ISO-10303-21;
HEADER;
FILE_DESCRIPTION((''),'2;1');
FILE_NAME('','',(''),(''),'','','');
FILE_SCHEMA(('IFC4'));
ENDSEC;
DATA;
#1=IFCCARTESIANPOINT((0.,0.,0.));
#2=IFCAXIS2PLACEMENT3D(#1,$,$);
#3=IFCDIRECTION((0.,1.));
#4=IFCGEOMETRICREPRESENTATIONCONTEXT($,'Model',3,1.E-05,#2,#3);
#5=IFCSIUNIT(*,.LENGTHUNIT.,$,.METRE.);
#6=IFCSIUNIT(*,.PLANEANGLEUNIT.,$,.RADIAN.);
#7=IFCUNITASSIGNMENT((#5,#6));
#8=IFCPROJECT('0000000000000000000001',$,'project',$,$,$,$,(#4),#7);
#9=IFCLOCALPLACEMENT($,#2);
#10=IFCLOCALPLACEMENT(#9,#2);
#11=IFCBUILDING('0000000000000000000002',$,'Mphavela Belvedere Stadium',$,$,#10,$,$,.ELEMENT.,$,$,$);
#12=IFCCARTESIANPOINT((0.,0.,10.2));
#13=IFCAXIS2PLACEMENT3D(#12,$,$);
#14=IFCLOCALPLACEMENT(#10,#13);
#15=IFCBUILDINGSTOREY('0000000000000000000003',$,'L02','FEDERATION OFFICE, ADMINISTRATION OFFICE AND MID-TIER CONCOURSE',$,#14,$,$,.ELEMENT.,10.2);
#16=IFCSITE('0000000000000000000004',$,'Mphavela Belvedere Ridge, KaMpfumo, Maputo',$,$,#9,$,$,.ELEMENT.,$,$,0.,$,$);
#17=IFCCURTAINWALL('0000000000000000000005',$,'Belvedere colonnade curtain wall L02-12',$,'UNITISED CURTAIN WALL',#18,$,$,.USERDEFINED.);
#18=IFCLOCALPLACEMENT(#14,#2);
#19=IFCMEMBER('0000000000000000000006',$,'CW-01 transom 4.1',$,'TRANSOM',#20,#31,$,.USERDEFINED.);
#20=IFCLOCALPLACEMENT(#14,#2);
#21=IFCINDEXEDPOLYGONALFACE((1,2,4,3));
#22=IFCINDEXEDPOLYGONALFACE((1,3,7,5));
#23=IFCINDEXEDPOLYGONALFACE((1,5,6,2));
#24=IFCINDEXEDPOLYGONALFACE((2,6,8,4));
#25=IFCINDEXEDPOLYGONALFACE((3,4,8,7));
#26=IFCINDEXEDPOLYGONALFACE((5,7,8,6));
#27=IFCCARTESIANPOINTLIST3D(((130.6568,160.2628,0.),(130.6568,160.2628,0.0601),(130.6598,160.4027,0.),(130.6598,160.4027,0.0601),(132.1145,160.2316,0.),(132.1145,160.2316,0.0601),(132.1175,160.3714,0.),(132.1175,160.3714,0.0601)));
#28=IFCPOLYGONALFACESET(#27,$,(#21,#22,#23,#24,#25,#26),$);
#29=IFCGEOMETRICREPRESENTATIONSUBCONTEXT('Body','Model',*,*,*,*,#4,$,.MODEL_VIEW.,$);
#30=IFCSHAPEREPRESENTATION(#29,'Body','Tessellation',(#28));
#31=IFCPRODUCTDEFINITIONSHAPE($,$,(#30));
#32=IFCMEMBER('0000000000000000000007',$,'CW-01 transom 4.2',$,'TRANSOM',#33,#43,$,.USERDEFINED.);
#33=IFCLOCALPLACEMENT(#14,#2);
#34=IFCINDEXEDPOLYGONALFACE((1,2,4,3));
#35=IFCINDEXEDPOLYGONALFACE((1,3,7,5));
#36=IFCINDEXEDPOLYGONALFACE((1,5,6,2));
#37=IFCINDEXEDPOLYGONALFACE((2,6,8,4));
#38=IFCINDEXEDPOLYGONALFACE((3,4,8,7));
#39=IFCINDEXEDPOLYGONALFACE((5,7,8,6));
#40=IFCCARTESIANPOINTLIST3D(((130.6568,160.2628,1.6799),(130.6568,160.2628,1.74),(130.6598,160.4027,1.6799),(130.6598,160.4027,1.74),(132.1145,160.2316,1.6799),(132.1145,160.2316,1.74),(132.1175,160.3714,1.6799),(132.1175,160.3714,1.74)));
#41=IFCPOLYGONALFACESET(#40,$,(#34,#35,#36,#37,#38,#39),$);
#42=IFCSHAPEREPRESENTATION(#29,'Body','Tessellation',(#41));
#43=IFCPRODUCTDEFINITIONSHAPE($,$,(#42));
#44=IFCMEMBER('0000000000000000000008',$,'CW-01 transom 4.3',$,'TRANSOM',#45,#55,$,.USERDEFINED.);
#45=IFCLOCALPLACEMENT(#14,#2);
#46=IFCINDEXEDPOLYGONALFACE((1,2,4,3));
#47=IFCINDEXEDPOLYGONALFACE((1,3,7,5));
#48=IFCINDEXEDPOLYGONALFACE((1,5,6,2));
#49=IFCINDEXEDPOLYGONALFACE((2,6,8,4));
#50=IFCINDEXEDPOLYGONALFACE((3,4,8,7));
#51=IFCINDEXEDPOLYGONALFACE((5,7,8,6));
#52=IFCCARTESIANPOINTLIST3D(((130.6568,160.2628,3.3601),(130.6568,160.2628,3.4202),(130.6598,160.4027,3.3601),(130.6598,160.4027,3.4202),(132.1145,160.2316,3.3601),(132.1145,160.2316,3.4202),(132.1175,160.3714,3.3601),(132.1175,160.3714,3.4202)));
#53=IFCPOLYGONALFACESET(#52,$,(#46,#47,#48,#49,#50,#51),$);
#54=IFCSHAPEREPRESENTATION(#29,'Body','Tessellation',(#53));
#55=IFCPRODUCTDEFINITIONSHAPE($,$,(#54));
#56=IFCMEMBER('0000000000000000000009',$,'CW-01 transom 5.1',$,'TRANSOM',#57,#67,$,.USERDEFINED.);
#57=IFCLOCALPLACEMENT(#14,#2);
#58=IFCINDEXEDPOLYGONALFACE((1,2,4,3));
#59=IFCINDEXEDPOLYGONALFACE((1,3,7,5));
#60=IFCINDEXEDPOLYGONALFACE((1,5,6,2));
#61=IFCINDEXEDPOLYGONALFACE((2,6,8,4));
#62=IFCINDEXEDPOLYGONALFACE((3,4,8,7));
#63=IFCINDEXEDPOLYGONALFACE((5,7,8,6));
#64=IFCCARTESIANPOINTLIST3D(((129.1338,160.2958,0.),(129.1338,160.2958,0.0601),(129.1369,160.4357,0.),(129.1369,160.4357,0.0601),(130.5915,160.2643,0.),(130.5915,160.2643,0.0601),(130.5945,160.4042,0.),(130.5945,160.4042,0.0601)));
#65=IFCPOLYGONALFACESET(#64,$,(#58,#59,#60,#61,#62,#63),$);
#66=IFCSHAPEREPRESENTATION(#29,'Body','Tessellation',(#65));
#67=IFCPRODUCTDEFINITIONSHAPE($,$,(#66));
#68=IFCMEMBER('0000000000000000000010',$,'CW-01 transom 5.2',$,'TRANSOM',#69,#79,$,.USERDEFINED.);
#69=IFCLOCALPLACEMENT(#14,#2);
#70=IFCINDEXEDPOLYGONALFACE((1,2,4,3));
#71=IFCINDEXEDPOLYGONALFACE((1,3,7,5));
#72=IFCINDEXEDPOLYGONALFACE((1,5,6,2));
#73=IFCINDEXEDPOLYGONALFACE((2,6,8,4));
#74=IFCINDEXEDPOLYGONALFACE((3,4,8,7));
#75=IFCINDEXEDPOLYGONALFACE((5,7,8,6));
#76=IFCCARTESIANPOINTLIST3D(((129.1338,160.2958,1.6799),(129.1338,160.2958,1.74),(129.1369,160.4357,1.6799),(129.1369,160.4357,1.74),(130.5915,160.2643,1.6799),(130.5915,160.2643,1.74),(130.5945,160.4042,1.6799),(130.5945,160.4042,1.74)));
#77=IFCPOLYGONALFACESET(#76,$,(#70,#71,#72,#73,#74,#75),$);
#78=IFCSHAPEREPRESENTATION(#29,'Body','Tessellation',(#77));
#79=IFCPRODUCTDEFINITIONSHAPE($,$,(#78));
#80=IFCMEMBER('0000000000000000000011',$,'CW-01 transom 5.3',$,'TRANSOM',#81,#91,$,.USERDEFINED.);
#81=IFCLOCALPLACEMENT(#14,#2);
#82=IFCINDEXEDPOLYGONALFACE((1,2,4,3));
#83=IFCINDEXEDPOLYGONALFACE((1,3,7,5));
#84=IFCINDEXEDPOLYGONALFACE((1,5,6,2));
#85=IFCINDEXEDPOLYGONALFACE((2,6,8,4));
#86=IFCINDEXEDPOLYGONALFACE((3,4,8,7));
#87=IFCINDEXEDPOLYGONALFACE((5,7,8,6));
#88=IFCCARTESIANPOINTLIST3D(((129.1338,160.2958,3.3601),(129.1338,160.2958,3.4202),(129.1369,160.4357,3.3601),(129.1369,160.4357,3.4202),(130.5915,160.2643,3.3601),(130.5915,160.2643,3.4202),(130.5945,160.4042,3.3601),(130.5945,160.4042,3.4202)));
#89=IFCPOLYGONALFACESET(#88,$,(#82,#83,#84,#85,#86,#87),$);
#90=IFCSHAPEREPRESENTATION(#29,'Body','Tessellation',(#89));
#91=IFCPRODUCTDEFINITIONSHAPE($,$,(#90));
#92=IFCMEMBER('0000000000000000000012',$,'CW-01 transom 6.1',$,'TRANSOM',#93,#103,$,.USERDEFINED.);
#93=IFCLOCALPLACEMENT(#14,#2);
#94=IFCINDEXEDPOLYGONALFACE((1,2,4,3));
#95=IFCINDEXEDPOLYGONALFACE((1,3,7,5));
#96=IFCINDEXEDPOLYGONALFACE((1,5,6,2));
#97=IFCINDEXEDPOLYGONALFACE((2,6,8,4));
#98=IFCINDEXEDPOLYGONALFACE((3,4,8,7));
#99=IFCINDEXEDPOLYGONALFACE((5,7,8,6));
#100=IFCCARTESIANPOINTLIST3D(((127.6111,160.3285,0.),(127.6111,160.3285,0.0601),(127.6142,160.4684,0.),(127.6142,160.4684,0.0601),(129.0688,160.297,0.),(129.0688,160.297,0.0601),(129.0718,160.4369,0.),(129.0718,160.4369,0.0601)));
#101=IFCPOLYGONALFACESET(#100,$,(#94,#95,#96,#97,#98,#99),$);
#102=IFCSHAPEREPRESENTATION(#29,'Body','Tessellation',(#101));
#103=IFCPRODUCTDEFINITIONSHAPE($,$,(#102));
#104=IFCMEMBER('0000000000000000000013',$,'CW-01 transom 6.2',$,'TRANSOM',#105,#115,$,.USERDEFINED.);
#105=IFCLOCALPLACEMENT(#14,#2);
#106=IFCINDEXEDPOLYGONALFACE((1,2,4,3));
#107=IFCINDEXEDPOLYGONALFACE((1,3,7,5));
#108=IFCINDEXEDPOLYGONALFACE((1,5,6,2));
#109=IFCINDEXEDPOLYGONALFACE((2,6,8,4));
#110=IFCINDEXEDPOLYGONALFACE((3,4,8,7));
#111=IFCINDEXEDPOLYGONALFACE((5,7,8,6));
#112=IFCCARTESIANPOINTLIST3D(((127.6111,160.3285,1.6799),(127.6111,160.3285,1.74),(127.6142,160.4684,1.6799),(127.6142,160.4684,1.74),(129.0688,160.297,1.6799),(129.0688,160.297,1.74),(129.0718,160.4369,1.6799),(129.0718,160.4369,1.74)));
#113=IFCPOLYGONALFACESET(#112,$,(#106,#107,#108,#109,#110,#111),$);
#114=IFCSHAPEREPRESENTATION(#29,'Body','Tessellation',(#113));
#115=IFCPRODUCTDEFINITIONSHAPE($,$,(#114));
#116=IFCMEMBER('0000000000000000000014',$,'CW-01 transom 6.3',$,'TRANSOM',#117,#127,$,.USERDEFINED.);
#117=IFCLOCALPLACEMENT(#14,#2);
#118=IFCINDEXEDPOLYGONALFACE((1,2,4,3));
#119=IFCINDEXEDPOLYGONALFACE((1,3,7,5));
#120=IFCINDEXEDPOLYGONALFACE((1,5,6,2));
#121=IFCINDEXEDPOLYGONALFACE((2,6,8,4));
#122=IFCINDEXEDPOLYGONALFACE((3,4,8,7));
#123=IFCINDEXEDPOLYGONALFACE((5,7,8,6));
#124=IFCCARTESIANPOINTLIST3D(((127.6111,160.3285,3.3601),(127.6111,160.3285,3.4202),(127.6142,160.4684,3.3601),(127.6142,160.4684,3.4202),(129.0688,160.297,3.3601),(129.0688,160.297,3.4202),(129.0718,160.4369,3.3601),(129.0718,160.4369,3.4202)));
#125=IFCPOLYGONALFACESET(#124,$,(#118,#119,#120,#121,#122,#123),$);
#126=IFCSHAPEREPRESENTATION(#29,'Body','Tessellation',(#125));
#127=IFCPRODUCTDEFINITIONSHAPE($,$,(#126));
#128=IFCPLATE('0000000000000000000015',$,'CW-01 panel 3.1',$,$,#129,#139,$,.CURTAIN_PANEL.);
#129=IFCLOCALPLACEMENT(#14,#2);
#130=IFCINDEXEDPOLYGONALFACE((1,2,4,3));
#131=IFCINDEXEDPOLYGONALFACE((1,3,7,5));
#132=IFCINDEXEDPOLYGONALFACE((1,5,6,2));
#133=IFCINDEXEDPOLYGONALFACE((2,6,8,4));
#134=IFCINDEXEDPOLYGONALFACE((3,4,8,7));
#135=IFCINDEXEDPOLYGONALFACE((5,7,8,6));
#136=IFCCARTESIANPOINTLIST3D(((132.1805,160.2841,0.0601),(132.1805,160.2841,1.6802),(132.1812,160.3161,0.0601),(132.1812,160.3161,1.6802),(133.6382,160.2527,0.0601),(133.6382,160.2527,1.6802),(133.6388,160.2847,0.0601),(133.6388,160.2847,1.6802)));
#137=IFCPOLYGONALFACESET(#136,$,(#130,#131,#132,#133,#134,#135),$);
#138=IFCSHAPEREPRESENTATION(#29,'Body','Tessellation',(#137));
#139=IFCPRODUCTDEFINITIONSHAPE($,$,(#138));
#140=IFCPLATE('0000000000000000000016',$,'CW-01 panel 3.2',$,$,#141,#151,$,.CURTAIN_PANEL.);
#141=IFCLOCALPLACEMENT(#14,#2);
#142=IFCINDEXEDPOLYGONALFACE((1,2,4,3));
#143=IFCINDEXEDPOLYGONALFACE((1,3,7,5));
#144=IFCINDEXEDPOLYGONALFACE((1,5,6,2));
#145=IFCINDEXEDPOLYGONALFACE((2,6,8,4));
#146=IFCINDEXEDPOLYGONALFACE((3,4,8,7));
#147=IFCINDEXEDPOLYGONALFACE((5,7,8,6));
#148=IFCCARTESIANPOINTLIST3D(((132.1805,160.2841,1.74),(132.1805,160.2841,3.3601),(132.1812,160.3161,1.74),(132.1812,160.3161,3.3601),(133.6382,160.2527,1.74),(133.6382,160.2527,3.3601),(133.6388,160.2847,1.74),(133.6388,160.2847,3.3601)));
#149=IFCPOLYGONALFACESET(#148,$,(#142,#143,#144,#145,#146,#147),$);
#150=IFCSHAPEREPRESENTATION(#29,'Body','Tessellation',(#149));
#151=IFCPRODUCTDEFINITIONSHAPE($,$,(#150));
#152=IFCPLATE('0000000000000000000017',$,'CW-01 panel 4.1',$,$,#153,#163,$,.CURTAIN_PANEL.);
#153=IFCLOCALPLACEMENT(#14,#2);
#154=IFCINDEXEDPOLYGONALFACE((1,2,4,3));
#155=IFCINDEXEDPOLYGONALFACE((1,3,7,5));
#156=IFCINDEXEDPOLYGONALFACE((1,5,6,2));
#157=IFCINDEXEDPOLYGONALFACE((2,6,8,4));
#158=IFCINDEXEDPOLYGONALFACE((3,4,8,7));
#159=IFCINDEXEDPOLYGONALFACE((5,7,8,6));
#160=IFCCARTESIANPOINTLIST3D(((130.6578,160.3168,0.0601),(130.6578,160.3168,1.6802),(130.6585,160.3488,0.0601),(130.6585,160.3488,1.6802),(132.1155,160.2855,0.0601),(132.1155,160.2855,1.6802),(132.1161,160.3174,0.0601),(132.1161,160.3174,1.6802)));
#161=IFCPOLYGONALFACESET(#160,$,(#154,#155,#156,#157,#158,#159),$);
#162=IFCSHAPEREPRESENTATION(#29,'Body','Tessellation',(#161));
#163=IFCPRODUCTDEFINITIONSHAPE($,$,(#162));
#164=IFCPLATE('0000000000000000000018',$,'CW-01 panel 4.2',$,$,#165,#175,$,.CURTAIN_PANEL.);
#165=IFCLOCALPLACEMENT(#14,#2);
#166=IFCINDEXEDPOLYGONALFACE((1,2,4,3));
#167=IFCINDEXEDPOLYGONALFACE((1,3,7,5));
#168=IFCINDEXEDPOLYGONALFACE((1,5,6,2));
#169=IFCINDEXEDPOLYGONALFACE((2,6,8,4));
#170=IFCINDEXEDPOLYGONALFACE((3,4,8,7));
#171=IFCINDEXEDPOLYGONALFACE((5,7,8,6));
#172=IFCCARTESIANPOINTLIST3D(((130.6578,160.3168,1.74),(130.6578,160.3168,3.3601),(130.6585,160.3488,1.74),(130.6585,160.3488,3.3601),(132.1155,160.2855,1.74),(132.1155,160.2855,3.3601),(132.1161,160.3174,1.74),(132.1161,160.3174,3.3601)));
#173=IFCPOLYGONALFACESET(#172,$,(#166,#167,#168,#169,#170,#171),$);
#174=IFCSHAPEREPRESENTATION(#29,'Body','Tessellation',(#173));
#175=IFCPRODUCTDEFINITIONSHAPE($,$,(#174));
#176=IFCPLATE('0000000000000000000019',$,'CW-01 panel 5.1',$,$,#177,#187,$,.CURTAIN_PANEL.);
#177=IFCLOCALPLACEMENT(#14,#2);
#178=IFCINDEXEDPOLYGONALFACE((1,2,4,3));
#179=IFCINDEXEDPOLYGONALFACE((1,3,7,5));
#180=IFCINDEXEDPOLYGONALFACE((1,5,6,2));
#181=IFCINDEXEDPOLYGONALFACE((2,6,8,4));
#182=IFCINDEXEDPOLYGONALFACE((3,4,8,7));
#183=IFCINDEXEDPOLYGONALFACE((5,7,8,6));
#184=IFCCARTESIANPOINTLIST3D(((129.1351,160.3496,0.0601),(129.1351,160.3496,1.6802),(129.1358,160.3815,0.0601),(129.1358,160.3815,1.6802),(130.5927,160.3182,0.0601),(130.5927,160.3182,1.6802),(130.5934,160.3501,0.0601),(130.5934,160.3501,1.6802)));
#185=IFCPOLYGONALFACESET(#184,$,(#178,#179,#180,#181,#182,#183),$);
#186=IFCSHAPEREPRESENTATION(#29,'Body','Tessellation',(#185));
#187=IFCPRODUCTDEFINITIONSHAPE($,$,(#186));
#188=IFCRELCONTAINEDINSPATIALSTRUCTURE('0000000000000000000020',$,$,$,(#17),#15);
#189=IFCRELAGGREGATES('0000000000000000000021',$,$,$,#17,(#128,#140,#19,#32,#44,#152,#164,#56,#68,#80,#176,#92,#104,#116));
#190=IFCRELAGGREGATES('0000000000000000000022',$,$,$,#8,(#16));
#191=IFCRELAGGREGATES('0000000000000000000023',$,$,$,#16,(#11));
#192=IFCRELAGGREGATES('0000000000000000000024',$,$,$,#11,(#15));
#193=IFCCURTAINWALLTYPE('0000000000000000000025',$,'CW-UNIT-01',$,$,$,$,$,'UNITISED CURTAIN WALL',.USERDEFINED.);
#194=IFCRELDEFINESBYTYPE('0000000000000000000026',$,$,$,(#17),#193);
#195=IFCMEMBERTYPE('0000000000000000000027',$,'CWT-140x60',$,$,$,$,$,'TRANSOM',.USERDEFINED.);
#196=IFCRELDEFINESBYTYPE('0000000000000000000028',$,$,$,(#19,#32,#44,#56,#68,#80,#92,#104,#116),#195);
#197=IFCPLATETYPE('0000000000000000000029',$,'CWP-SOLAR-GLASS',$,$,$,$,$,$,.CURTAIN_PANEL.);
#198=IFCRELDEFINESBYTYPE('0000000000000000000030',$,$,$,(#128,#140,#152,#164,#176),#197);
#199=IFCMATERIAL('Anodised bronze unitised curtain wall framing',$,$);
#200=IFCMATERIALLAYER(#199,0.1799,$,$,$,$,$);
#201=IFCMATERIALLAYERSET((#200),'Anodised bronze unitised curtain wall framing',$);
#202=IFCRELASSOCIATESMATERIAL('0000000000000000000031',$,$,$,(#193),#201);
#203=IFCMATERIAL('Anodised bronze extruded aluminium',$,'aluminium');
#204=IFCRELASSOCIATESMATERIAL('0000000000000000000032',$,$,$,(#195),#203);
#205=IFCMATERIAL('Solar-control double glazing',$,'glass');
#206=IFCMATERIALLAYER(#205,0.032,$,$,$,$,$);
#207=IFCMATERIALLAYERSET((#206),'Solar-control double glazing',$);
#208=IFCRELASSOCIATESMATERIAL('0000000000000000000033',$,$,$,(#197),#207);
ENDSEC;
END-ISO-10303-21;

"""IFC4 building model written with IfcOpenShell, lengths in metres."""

from ifc_helpers import new_model, si_unit, direction, frame, origin, origin_2d, place, context, subcontext, project, spatial, rectangle, extrude, material, layer, layer_set, material_profile, profile_set, type_object, element, aggregate, save


model = new_model("IFC4")

# Units and contexts
model_context = context("Model", 3, precision=1e-05, world=origin(), true_north=direction((0.0, 1.0)))
body_context = subcontext(model_context, "Body", "Model", "MODEL_VIEW")
ifc_project = project(units=[si_unit("LENGTHUNIT", "METRE"), si_unit("PLANEANGLEUNIT", "RADIAN")], contexts=[model_context])

# Site, building, storey
site_placement = place(None, origin())
site = spatial("IfcSite", under=ifc_project, at=site_placement, Name="Mphavela Belvedere Ridge, KaMpfumo, Maputo", CompositionType="ELEMENT", RefElevation=0.0)
building_placement = place(site_placement, origin())
building = spatial("IfcBuilding", under=site, at=building_placement, Name="Mphavela Belvedere Stadium", CompositionType="ELEMENT")
storey_placement = place(building_placement, frame((0.0, 0.0, 10.2)))
storey = spatial("IfcBuildingStorey", under=building, at=storey_placement, Name="L02", Description="FEDERATION OFFICE, ADMINISTRATION OFFICE AND MID-TIER CONCOURSE", CompositionType="ELEMENT", Elevation=10.2)

# Curtain wall, members, plates
ifc_material_1 = material(Name="Anodised bronze unitised curtain wall framing")
ifc_layer_1 = layer(ifc_material_1, 0.1799)
ifc_layer_set_1 = layer_set([ifc_layer_1], Name="Anodised bronze unitised curtain wall framing")
curtain_wall_type = type_object("IfcCurtainWallType", Name="CW-UNIT-01", ElementType="UNITISED CURTAIN WALL", PredefinedType="USERDEFINED", material=ifc_layer_set_1)
curtain_wall_placement = place(storey_placement, origin())
curtain_wall = element("IfcCurtainWall", 1, at=curtain_wall_placement, inside=storey, type_object=curtain_wall_type, Name="Belvedere colonnade curtain wall L02-12", ObjectType="UNITISED CURTAIN WALL", PredefinedType="USERDEFINED")
ifc_material_2 = material(Name="Anodised bronze extruded aluminium", Category="aluminium")
ifc_material_profile_1 = material_profile(ifc_material_2, rectangle(XDim=0.1399, YDim=0.0601, at=origin_2d()), Name="CW-TRN 140x60")
ifc_profile_set_1 = profile_set([ifc_material_profile_1], Name="Anodised bronze extruded aluminium")
member_type_1 = type_object("IfcMemberType", Name="CWT-140x60", ElementType="TRANSOM", PredefinedType="USERDEFINED", material=ifc_profile_set_1)
member_1_placement = place(storey_placement, frame((132.116, 160.3015, 0.03), z_axis=(-0.99977, 0.021432, 0.0), x_axis=(-0.021432, -0.99977, 0.0)))
member_1 = element("IfcMember", 2, at=member_1_placement, type_object=member_type_1, Name="CW-01 transom 4.1", ObjectType="TRANSOM", PredefinedType="USERDEFINED", context=body_context, shape_type="SweptSolid", body=[
    extrude(rectangle(XDim=0.1399, YDim=0.0601, at=origin_2d()), origin(), (0.0, 0.0, 1.0), 1.458),
])
member_2_placement = place(storey_placement, frame((132.116, 160.3015, 1.71), z_axis=(-0.99977, 0.021432, 0.0), x_axis=(-0.021432, -0.99977, 0.0)))
member_2 = element("IfcMember", 3, at=member_2_placement, type_object=member_type_1, Name="CW-01 transom 4.2", ObjectType="TRANSOM", PredefinedType="USERDEFINED", context=body_context, shape_type="SweptSolid", body=[
    extrude(rectangle(XDim=0.1399, YDim=0.0601, at=origin_2d()), origin(), (0.0, 0.0, 1.0), 1.458),
])
member_3_placement = place(storey_placement, frame((132.116, 160.3015, 3.3901), z_axis=(-0.99977, 0.021432, 0.0), x_axis=(-0.021432, -0.99977, 0.0)))
member_3 = element("IfcMember", 4, at=member_3_placement, type_object=member_type_1, Name="CW-01 transom 4.3", ObjectType="TRANSOM", PredefinedType="USERDEFINED", context=body_context, shape_type="SweptSolid", body=[
    extrude(rectangle(XDim=0.1399, YDim=0.0601, at=origin_2d()), origin(), (0.0, 0.0, 1.0), 1.458),
])
member_4_placement = place(storey_placement, frame((130.593, 160.3342, 0.03), z_axis=(-0.999767, 0.021599, 0.0), x_axis=(-0.021599, -0.999767, 0.0)))
member_4 = element("IfcMember", 5, at=member_4_placement, type_object=member_type_1, Name="CW-01 transom 5.1", ObjectType="TRANSOM", PredefinedType="USERDEFINED", context=body_context, shape_type="SweptSolid", body=[
    extrude(rectangle(XDim=0.1399, YDim=0.0601, at=origin_2d()), origin(), (0.0, 0.0, 1.0), 1.458),
])
member_5_placement = place(storey_placement, frame((130.593, 160.3342, 1.71), z_axis=(-0.999767, 0.021599, 0.0), x_axis=(-0.021599, -0.999767, 0.0)))
member_5 = element("IfcMember", 6, at=member_5_placement, type_object=member_type_1, Name="CW-01 transom 5.2", ObjectType="TRANSOM", PredefinedType="USERDEFINED", context=body_context, shape_type="SweptSolid", body=[
    extrude(rectangle(XDim=0.1399, YDim=0.0601, at=origin_2d()), origin(), (0.0, 0.0, 1.0), 1.458),
])
member_6_placement = place(storey_placement, frame((130.593, 160.3342, 3.3901), z_axis=(-0.999767, 0.021599, 0.0), x_axis=(-0.021599, -0.999767, 0.0)))
member_6 = element("IfcMember", 7, at=member_6_placement, type_object=member_type_1, Name="CW-01 transom 5.3", ObjectType="TRANSOM", PredefinedType="USERDEFINED", context=body_context, shape_type="SweptSolid", body=[
    extrude(rectangle(XDim=0.1399, YDim=0.0601, at=origin_2d()), origin(), (0.0, 0.0, 1.0), 1.458),
])
member_7_placement = place(storey_placement, frame((129.0703, 160.3669, 0.03), z_axis=(-0.999767, 0.021599, 0.0), x_axis=(-0.021599, -0.999767, 0.0)))
member_7 = element("IfcMember", 8, at=member_7_placement, type_object=member_type_1, Name="CW-01 transom 6.1", ObjectType="TRANSOM", PredefinedType="USERDEFINED", context=body_context, shape_type="SweptSolid", body=[
    extrude(rectangle(XDim=0.1399, YDim=0.0601, at=origin_2d()), origin(), (0.0, 0.0, 1.0), 1.458),
])
member_8_placement = place(storey_placement, frame((129.0703, 160.3669, 1.71), z_axis=(-0.999767, 0.021599, 0.0), x_axis=(-0.021599, -0.999767, 0.0)))
member_8 = element("IfcMember", 9, at=member_8_placement, type_object=member_type_1, Name="CW-01 transom 6.2", ObjectType="TRANSOM", PredefinedType="USERDEFINED", context=body_context, shape_type="SweptSolid", body=[
    extrude(rectangle(XDim=0.1399, YDim=0.0601, at=origin_2d()), origin(), (0.0, 0.0, 1.0), 1.458),
])
member_9_placement = place(storey_placement, frame((129.0703, 160.3669, 3.3901), z_axis=(-0.999767, 0.021599, 0.0), x_axis=(-0.021599, -0.999767, 0.0)))
member_9 = element("IfcMember", 10, at=member_9_placement, type_object=member_type_1, Name="CW-01 transom 6.3", ObjectType="TRANSOM", PredefinedType="USERDEFINED", context=body_context, shape_type="SweptSolid", body=[
    extrude(rectangle(XDim=0.1399, YDim=0.0601, at=origin_2d()), origin(), (0.0, 0.0, 1.0), 1.458),
])
ifc_material_3 = material(Name="Solar-control double glazing", Category="glass")
ifc_layer_2 = layer(ifc_material_3, 0.032)
ifc_layer_set_2 = layer_set([ifc_layer_2], Name="Solar-control double glazing")
plate_type = type_object("IfcPlateType", Name="CWP-SOLAR-GLASS", PredefinedType="CURTAIN_PANEL", material=ifc_layer_set_2)
plate_1_placement = place(storey_placement, frame((132.9097, 160.2844, 0.0601), z_axis=(0.0, 0.0, 1.0), x_axis=(-0.999768, 0.021525, 0.0)))
plate_1 = element("IfcPlate", 11, at=plate_1_placement, type_object=plate_type, Name="CW-01 panel 3.1", PredefinedType="CURTAIN_PANEL", context=body_context, shape_type="SweptSolid", body=[
    extrude(rectangle(XDim=1.458, YDim=0.032, at=origin_2d()), origin(), (0.0, 0.0, 1.0), 1.6201),
])
plate_2_placement = place(storey_placement, frame((132.9097, 160.2844, 1.74), z_axis=(0.0, 0.0, 1.0), x_axis=(-0.999768, 0.021525, 0.0)))
plate_2 = element("IfcPlate", 12, at=plate_2_placement, type_object=plate_type, Name="CW-01 panel 3.2", PredefinedType="CURTAIN_PANEL", context=body_context, shape_type="SweptSolid", body=[
    extrude(rectangle(XDim=1.458, YDim=0.032, at=origin_2d()), origin(), (0.0, 0.0, 1.0), 1.6201),
])
plate_3_placement = place(storey_placement, frame((131.387, 160.3171, 0.0601), z_axis=(0.0, 0.0, 1.0), x_axis=(-0.999768, 0.021525, 0.0)))
plate_3 = element("IfcPlate", 13, at=plate_3_placement, type_object=plate_type, Name="CW-01 panel 4.1", PredefinedType="CURTAIN_PANEL", context=body_context, shape_type="SweptSolid", body=[
    extrude(rectangle(XDim=1.458, YDim=0.032, at=origin_2d()), origin(), (0.0, 0.0, 1.0), 1.6201),
])
plate_4_placement = place(storey_placement, frame((131.387, 160.3171, 1.74), z_axis=(0.0, 0.0, 1.0), x_axis=(-0.999768, 0.021525, 0.0)))
plate_4 = element("IfcPlate", 14, at=plate_4_placement, type_object=plate_type, Name="CW-01 panel 4.2", PredefinedType="CURTAIN_PANEL", context=body_context, shape_type="SweptSolid", body=[
    extrude(rectangle(XDim=1.458, YDim=0.032, at=origin_2d()), origin(), (0.0, 0.0, 1.0), 1.6201),
])
plate_5_placement = place(storey_placement, frame((129.8643, 160.3499, 0.0601), z_axis=(0.0, 0.0, 1.0), x_axis=(-0.999768, 0.021525, 0.0)))
plate_5 = element("IfcPlate", 15, at=plate_5_placement, type_object=plate_type, Name="CW-01 panel 5.1", PredefinedType="CURTAIN_PANEL", context=body_context, shape_type="SweptSolid", body=[
    extrude(rectangle(XDim=1.458, YDim=0.032, at=origin_2d()), origin(), (0.0, 0.0, 1.0), 1.6201),
])
aggregate(curtain_wall, [plate_1, plate_2, member_1, member_2, member_3, plate_3, plate_4, member_4, member_5, member_6, plate_5, member_7, member_8, member_9])

save(model, "model.ifc")
